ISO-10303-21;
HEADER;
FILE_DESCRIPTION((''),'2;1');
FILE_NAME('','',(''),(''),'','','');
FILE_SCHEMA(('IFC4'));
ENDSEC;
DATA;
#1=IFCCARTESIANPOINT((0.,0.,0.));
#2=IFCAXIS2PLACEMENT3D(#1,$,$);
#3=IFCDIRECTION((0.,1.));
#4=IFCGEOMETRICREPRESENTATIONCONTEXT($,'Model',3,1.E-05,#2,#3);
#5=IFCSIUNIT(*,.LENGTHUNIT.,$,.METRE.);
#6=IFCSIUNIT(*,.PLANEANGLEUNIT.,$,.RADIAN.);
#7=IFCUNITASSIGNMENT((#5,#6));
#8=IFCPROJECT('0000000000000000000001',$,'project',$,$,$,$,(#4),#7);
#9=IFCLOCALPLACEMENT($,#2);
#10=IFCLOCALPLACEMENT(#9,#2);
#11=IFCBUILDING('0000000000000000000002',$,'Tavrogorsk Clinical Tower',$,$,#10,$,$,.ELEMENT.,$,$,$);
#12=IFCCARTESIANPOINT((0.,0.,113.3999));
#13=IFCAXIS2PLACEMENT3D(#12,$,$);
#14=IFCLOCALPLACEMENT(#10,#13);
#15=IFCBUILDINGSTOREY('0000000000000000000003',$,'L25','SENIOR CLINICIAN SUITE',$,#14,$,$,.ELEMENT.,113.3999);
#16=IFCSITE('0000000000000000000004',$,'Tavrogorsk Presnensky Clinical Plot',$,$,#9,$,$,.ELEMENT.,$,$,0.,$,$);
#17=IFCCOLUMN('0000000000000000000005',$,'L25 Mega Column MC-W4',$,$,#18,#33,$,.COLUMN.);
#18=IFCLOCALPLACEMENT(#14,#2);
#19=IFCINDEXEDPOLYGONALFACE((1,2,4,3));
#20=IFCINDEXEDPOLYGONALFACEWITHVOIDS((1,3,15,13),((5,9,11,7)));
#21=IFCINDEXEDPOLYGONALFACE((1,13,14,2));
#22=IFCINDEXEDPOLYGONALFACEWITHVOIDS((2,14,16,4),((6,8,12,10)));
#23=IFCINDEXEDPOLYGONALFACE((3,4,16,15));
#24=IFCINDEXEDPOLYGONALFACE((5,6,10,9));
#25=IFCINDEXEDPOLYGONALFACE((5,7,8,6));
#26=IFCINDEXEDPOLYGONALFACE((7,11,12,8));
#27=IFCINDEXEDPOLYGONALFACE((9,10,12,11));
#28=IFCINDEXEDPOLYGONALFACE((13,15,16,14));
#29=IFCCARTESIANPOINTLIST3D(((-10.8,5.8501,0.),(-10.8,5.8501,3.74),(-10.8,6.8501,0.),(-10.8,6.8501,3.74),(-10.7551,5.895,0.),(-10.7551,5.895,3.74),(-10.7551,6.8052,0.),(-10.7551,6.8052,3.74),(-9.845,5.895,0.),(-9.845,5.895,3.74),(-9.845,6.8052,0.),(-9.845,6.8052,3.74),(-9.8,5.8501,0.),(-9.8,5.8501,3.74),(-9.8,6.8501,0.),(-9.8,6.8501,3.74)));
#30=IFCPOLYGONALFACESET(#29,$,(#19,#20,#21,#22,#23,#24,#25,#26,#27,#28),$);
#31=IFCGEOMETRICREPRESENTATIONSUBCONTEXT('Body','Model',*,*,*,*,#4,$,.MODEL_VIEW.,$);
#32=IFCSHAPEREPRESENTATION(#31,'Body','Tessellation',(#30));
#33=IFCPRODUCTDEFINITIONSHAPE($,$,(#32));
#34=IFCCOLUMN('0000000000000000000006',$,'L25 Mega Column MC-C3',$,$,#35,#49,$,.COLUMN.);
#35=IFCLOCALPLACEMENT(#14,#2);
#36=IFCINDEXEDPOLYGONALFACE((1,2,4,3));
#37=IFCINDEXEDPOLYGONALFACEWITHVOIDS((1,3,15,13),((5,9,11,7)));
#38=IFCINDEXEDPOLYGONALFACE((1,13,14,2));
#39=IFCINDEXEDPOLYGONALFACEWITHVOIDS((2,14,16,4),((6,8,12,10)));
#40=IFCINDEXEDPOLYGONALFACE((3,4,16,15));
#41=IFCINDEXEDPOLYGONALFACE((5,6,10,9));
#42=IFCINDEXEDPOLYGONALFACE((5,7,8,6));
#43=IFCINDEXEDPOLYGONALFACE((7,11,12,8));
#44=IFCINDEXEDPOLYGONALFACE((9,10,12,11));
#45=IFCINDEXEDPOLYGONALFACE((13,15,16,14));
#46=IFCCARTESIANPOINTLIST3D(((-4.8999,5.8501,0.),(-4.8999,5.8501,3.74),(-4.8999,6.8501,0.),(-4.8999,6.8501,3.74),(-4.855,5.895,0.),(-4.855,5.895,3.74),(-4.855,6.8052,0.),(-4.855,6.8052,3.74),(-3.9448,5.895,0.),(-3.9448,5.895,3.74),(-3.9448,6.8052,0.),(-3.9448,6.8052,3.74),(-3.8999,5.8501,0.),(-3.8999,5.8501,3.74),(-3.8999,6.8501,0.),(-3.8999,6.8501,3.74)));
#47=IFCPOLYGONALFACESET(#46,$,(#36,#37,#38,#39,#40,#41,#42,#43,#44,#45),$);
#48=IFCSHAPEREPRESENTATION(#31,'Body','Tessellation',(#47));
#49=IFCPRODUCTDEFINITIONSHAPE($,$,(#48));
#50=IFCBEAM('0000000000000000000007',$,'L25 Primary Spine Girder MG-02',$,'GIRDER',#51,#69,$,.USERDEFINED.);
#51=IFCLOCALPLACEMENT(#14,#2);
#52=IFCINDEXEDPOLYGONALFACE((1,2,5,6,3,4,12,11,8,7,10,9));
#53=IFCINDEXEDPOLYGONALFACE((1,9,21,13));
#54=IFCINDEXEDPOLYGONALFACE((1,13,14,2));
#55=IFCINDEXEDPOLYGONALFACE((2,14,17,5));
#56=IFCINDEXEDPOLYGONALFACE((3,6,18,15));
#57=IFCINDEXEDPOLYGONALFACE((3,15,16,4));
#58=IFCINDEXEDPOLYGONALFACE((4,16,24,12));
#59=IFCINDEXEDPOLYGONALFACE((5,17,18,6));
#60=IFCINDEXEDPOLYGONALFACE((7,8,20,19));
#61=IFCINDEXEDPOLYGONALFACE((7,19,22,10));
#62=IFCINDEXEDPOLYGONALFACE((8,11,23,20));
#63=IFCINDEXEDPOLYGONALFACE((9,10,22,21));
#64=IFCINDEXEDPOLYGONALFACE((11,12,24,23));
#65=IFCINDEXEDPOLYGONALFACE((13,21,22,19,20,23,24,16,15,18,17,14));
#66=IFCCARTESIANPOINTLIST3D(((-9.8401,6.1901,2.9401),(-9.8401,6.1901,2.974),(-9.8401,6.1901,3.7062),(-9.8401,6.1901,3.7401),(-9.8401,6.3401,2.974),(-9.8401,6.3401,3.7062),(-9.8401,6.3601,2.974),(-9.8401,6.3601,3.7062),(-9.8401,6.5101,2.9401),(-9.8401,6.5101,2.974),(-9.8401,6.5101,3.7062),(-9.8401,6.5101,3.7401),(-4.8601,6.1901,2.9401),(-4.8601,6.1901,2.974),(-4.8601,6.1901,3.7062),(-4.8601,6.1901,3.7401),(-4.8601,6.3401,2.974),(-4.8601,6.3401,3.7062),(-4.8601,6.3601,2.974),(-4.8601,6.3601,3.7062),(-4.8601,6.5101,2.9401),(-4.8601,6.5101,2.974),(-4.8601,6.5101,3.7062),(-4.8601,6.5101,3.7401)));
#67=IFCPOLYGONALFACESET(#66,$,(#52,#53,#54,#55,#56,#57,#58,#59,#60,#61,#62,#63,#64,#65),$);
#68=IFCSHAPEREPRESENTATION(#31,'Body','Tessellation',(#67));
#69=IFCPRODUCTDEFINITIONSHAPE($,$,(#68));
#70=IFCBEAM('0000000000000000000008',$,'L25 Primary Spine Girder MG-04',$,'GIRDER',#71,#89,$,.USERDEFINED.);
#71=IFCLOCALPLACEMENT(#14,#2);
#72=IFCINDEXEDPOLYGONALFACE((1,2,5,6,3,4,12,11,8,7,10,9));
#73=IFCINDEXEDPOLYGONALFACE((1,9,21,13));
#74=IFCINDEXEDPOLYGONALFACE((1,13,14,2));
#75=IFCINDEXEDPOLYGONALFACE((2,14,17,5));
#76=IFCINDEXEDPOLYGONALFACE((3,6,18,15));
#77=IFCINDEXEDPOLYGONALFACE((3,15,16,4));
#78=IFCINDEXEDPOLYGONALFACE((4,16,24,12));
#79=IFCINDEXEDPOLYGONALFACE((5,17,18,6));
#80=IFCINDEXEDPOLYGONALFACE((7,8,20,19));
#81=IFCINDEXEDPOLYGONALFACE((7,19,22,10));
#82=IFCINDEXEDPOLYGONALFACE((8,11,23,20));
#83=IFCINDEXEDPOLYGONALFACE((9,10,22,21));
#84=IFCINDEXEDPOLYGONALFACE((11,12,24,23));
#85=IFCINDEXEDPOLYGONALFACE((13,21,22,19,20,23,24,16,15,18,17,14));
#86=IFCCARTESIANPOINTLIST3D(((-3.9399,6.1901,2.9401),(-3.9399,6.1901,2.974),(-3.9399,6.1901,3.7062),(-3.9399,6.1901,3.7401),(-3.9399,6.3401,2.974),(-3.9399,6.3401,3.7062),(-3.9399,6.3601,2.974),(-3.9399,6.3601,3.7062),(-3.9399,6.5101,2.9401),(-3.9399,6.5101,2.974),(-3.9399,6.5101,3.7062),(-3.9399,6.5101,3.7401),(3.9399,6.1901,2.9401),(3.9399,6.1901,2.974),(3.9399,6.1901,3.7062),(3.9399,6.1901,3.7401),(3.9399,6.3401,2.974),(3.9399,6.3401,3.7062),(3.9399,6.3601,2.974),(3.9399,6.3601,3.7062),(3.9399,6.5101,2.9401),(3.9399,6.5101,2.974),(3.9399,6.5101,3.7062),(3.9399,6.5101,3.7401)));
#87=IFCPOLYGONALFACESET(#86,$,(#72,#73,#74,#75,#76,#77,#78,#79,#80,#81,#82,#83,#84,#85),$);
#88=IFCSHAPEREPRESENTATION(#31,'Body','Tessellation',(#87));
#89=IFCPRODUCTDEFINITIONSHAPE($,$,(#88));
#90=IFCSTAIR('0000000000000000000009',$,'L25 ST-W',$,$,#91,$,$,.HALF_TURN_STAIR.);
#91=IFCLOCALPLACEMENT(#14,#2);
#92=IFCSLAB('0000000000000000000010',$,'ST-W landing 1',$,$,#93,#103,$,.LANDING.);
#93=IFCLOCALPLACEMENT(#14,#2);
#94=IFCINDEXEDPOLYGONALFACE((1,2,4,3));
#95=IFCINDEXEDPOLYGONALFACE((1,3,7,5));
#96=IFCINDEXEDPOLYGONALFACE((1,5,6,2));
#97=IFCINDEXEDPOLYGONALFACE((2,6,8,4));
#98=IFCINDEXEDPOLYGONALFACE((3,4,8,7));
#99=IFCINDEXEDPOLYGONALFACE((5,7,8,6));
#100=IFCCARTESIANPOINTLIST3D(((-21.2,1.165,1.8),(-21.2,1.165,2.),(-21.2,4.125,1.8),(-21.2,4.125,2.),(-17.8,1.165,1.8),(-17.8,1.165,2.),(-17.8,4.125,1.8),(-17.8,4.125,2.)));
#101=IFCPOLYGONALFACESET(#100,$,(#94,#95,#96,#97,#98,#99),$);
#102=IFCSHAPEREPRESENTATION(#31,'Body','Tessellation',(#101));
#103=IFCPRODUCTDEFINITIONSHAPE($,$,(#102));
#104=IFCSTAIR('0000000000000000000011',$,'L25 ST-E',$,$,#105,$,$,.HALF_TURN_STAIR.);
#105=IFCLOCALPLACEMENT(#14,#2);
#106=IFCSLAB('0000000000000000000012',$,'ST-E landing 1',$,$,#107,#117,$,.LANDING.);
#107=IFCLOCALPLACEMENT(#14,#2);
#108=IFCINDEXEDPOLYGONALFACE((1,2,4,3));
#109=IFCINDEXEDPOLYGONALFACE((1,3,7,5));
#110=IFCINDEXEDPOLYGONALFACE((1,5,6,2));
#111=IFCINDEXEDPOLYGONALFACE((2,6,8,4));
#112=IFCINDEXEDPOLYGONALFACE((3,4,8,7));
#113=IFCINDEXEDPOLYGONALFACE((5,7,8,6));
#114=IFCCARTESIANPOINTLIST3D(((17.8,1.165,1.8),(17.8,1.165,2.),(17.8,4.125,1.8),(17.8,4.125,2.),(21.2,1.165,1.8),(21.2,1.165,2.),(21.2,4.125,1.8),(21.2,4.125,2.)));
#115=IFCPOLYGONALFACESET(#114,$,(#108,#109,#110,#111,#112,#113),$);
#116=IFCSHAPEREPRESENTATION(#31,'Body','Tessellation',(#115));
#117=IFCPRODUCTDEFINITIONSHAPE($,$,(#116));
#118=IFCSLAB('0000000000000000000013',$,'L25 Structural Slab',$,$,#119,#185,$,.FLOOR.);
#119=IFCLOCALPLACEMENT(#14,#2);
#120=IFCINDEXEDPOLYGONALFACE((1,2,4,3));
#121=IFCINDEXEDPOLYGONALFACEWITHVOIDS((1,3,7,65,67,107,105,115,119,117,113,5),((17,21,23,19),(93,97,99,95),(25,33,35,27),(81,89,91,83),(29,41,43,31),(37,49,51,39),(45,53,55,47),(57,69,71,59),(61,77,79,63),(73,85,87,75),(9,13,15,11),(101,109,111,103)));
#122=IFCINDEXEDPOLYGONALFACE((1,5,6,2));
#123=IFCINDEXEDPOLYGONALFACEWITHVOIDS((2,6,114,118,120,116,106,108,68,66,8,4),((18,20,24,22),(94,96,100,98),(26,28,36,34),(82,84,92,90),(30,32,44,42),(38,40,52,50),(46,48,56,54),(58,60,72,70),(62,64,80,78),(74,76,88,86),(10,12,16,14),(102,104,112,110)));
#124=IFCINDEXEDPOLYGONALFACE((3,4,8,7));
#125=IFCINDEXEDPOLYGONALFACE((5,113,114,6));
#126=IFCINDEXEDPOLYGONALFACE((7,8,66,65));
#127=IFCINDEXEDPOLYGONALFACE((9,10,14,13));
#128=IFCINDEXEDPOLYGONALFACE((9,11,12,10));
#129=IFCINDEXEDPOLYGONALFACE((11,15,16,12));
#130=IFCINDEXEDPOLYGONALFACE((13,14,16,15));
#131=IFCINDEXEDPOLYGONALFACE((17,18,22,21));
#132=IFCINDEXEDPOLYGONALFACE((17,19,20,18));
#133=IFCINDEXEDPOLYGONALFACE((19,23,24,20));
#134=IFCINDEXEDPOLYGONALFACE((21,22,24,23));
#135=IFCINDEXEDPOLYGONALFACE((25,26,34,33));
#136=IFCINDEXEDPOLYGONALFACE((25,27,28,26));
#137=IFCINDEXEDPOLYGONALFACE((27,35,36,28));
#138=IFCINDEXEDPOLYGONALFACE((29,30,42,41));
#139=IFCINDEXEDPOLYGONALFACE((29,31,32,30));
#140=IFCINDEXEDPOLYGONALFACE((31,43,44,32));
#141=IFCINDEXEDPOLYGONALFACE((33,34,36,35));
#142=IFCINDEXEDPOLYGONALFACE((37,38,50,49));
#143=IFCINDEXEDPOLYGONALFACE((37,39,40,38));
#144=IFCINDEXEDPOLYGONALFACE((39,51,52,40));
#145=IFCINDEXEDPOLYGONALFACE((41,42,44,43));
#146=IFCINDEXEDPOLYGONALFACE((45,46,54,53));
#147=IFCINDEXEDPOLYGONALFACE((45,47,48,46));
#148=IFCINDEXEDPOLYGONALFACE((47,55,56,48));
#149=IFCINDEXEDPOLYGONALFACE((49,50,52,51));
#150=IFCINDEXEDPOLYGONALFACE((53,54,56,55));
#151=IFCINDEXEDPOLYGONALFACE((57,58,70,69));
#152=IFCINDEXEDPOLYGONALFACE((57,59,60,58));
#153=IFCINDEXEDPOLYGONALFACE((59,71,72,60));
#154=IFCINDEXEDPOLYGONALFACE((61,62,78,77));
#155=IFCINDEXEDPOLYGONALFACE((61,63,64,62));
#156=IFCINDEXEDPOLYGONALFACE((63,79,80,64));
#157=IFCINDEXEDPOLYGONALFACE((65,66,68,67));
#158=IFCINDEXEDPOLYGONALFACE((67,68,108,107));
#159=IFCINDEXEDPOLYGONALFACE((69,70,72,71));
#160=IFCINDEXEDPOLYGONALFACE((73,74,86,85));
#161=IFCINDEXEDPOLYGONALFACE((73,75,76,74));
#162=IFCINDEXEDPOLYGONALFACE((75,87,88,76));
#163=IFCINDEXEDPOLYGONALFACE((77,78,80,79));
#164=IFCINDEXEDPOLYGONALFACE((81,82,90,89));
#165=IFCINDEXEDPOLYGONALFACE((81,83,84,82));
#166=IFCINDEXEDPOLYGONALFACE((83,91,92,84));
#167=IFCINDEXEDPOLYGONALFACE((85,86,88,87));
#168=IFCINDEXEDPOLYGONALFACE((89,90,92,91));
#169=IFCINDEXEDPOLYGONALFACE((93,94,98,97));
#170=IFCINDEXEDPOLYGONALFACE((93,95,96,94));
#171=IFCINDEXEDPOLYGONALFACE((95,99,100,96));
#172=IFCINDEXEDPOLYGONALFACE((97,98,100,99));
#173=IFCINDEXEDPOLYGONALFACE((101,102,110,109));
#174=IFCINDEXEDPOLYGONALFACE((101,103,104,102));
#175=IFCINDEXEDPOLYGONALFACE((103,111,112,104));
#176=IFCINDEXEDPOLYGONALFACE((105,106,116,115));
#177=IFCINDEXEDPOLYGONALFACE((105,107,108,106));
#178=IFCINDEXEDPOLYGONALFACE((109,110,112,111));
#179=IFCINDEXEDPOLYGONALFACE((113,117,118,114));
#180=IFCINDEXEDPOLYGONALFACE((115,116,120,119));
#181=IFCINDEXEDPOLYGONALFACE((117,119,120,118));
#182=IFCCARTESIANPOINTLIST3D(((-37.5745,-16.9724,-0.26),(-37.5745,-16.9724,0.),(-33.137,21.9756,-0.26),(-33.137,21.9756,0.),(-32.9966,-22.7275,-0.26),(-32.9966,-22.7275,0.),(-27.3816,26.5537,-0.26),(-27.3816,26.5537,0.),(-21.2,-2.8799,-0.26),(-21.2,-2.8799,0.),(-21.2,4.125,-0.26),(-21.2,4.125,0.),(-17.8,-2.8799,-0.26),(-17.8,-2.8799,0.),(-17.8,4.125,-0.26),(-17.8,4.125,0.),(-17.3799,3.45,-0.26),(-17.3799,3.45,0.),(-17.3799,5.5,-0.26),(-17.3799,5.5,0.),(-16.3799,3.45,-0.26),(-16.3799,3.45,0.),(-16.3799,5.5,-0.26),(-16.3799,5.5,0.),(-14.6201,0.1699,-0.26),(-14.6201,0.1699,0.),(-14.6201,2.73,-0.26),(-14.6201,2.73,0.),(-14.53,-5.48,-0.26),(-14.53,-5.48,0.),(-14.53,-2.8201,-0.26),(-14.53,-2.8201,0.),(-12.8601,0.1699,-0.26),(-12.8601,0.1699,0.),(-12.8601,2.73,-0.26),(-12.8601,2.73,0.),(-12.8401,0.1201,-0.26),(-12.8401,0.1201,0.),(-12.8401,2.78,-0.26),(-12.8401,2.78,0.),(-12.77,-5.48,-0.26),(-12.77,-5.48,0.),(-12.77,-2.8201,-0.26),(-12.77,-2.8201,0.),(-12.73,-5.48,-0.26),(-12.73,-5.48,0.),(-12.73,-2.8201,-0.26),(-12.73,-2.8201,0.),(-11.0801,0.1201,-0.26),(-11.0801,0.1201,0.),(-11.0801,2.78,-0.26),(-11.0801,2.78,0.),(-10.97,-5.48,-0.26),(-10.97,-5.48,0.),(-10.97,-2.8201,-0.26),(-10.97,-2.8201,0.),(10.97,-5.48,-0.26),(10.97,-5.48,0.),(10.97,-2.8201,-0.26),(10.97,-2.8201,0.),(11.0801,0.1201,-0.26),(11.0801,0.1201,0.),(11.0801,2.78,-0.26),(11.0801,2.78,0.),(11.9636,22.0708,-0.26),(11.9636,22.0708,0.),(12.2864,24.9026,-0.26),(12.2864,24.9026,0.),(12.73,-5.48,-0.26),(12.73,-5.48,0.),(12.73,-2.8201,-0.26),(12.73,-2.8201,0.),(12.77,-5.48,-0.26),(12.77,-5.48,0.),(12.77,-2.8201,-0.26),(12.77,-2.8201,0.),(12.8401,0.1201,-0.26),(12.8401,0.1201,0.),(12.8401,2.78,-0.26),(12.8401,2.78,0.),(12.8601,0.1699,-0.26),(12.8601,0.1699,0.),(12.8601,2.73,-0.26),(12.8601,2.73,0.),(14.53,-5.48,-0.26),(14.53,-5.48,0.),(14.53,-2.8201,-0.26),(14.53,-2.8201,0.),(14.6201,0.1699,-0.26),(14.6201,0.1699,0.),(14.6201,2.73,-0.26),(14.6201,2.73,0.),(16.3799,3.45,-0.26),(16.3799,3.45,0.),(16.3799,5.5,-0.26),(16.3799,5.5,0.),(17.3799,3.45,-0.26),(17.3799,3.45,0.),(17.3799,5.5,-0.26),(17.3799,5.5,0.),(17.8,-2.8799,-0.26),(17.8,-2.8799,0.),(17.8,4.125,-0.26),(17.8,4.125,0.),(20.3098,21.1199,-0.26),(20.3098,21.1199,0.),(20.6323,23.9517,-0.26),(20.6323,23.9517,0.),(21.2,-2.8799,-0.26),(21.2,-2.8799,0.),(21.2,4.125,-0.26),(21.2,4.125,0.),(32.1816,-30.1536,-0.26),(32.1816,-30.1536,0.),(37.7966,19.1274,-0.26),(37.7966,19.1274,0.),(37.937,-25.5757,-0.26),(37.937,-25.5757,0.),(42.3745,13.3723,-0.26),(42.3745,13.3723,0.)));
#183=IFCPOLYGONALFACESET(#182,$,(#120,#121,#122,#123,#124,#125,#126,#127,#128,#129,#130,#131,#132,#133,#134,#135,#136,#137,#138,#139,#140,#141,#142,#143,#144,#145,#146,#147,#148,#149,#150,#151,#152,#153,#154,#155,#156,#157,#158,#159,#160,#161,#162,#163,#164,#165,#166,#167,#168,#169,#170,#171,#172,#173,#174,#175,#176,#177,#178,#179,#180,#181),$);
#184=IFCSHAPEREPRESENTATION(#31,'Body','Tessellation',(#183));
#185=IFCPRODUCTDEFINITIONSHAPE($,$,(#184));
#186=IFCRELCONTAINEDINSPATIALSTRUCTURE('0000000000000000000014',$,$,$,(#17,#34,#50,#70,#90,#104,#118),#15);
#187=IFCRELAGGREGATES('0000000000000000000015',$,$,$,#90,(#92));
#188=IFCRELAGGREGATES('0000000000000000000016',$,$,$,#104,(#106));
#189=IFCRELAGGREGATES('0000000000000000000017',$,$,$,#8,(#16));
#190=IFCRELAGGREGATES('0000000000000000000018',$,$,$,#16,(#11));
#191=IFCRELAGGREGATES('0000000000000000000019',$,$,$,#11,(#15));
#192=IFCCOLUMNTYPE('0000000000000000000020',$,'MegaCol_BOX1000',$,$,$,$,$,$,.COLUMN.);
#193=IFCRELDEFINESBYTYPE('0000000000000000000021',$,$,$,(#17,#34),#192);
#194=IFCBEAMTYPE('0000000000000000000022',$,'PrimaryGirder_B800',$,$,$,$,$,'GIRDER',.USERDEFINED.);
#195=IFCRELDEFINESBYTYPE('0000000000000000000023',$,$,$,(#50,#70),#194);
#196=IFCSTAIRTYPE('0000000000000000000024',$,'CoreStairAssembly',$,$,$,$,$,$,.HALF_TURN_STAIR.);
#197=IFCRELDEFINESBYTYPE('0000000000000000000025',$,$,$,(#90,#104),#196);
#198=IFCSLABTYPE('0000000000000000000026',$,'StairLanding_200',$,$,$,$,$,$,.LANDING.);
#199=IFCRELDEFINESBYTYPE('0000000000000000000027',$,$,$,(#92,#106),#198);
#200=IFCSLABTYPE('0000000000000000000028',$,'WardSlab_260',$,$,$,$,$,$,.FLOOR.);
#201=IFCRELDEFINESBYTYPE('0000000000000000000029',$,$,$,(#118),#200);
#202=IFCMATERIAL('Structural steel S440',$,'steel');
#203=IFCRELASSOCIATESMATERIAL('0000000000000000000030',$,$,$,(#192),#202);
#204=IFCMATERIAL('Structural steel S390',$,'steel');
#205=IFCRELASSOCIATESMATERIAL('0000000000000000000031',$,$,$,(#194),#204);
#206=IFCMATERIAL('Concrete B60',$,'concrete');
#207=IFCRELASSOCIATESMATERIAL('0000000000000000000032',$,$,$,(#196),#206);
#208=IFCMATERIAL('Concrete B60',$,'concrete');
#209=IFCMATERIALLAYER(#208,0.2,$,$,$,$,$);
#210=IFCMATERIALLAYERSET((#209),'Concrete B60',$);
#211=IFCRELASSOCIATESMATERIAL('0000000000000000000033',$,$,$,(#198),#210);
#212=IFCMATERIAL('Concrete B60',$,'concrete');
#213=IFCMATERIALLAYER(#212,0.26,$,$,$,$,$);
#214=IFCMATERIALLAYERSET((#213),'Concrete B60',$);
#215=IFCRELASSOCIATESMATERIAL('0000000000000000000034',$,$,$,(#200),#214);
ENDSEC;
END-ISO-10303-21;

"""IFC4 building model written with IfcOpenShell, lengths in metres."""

from ifc_helpers import new_model, si_unit, direction, frame, origin, origin_2d, place, context, subcontext, project, spatial, polyline, hollow_rectangle, i_section, outline, extrude, material, layer, layer_set, material_profile, profile_set, type_object, element, aggregate, save


model = new_model("IFC4")

# Units and contexts
model_context = context("Model", 3, precision=1e-05, world=origin(), true_north=direction((0.0, 1.0)))
body_context = subcontext(model_context, "Body", "Model", "MODEL_VIEW")
ifc_project = project(units=[si_unit("LENGTHUNIT", "METRE"), si_unit("PLANEANGLEUNIT", "RADIAN")], contexts=[model_context])

# Site, building, storey
site_placement = place(None, origin())
site = spatial("IfcSite", under=ifc_project, at=site_placement, Name="Tavrogorsk Presnensky Clinical Plot", CompositionType="ELEMENT", RefElevation=0.0)
building_placement = place(site_placement, origin())
building = spatial("IfcBuilding", under=site, at=building_placement, Name="Tavrogorsk Clinical Tower", CompositionType="ELEMENT")
storey_placement = place(building_placement, frame((0.0, 0.0, 113.3999)))
storey = spatial("IfcBuildingStorey", under=building, at=storey_placement, Name="L25", Description="SENIOR CLINICIAN SUITE", CompositionType="ELEMENT", Elevation=113.3999)

# Columns
ifc_material_1 = material(Name="Structural steel S440", Category="steel")
ifc_material_profile_1 = material_profile(ifc_material_1, hollow_rectangle(XDim=1.0, YDim=1.0, WallThickness=0.0449, at=origin_2d()), Name="BOX-1000x1000x45")
ifc_profile_set_1 = profile_set([ifc_material_profile_1], Name="Structural steel S440")
column_type = type_object("IfcColumnType", Name="MegaCol_BOX1000", PredefinedType="COLUMN", material=ifc_profile_set_1)
for number, where, z_axis, x_axis, name in (
    (1, (-10.3, 6.3501, 0.0), (0.0, 0.0, 1.0), (1.0, 0.0, 0.0), "L25 Mega Column MC-W4"),
    (2, (-4.3999, 6.3501, 0.0), (0.0, 0.0, 1.0), (1.0, 0.0, 0.0), "L25 Mega Column MC-C3"),
):
    element("IfcColumn", number, at=place(storey_placement, frame(where, z_axis=z_axis, x_axis=x_axis)), inside=storey, type_object=column_type, Name=name, PredefinedType="COLUMN", context=body_context, shape_type="SweptSolid", body=[
        extrude(hollow_rectangle(XDim=1.0, YDim=1.0, WallThickness=0.0449, at=origin_2d()), origin(), (0.0, 0.0, 1.0), 3.74),
    ])

# Beams
ifc_material_2 = material(Name="Structural steel S390", Category="steel")
ifc_material_profile_2 = material_profile(ifc_material_2, i_section(OverallWidth=0.3201, OverallDepth=0.8, WebThickness=0.02, FlangeThickness=0.0339, at=origin_2d()), Name="B-800x320x20x34")
ifc_profile_set_2 = profile_set([ifc_material_profile_2], Name="Structural steel S390")
beam_type = type_object("IfcBeamType", Name="PrimaryGirder_B800", ElementType="GIRDER", PredefinedType="USERDEFINED", material=ifc_profile_set_2)
beam_1_placement = place(storey_placement, frame((-9.8401, 6.3501, 3.3401), z_axis=(1.0, 0.0, 0.0), x_axis=(0.0, 1.0, 0.0)))
element("IfcBeam", 3, at=beam_1_placement, inside=storey, type_object=beam_type, Name="L25 Primary Spine Girder MG-02", ObjectType="GIRDER", PredefinedType="USERDEFINED", context=body_context, shape_type="SweptSolid", body=[
    extrude(i_section(OverallWidth=0.3201, OverallDepth=0.8, WebThickness=0.02, FlangeThickness=0.0339, at=origin_2d()), origin(), (0.0, 0.0, 1.0), 4.98),
])
beam_2_placement = place(storey_placement, frame((-3.9399, 6.3501, 3.3401), z_axis=(1.0, 0.0, 0.0), x_axis=(0.0, 1.0, 0.0)))
element("IfcBeam", 4, at=beam_2_placement, inside=storey, type_object=beam_type, Name="L25 Primary Spine Girder MG-04", ObjectType="GIRDER", PredefinedType="USERDEFINED", context=body_context, shape_type="SweptSolid", body=[
    extrude(i_section(OverallWidth=0.3201, OverallDepth=0.8, WebThickness=0.02, FlangeThickness=0.0339, at=origin_2d()), origin(), (0.0, 0.0, 1.0), 7.8799),
])

# Stairs, slabs
ifc_material_3 = material(Name="Concrete B60", Category="concrete")
stair_type = type_object("IfcStairType", Name="CoreStairAssembly", PredefinedType="HALF_TURN_STAIR", material=ifc_material_3)
stair_1_placement = place(storey_placement, origin())
stair_1 = element("IfcStair", 5, at=stair_1_placement, inside=storey, type_object=stair_type, Name="L25 ST-W", PredefinedType="HALF_TURN_STAIR")
ifc_material_4 = material(Name="Concrete B60", Category="concrete")
ifc_layer_1 = layer(ifc_material_4, 0.2)
ifc_layer_set_1 = layer_set([ifc_layer_1], Name="Concrete B60")
slab_type_1 = type_object("IfcSlabType", Name="StairLanding_200", PredefinedType="LANDING", material=ifc_layer_set_1)
slab_1_placement = place(storey_placement, frame((0.0, 0.0, 1.8)))
slab_1 = element("IfcSlab", 6, at=slab_1_placement, type_object=slab_type_1, Name="ST-W landing 1", PredefinedType="LANDING", context=body_context, shape_type="SweptSolid", body=[
    extrude(outline(polyline([(-17.8, 1.165), (-17.8, 4.125), (-21.2, 4.125), (-21.2, 1.165), (-17.8, 1.165)])), origin(), (0.0, 0.0, 1.0), 0.2),
])
aggregate(stair_1, [slab_1])
stair_2_placement = place(storey_placement, origin())
stair_2 = element("IfcStair", 7, at=stair_2_placement, inside=storey, type_object=stair_type, Name="L25 ST-E", PredefinedType="HALF_TURN_STAIR")
slab_2_placement = place(storey_placement, frame((0.0, 0.0, 1.8)))
slab_2 = element("IfcSlab", 8, at=slab_2_placement, type_object=slab_type_1, Name="ST-E landing 1", PredefinedType="LANDING", context=body_context, shape_type="SweptSolid", body=[
    extrude(outline(polyline([(21.2, 1.165), (21.2, 4.125), (17.8, 4.125), (17.8, 1.165), (21.2, 1.165)])), origin(), (0.0, 0.0, 1.0), 0.2),
])
aggregate(stair_2, [slab_2])

# Slab
ifc_material_5 = material(Name="Concrete B60", Category="concrete")
ifc_layer_2 = layer(ifc_material_5, 0.26)
ifc_layer_set_2 = layer_set([ifc_layer_2], Name="Concrete B60")
slab_type_2 = type_object("IfcSlabType", Name="WardSlab_260", PredefinedType="FLOOR", material=ifc_layer_set_2)
slab_3_placement = place(storey_placement, frame((0.0, 0.0, -0.26)))
element("IfcSlab", 9, at=slab_3_placement, inside=storey, type_object=slab_type_2, Name="L25 Structural Slab", PredefinedType="FLOOR", context=body_context, shape_type="SweptSolid", body=[
    extrude(outline(polyline([(37.7966, 19.1274), (42.3745, 13.3723), (37.937, -25.5757), (32.1816, -30.1536), (-32.9966, -22.7275), (-37.5745, -16.9724), (-33.137, 21.9756), (-27.3816, 26.5537), (11.9636, 22.0708), (12.2864, 24.9026), (20.6323, 23.9517), (20.3098, 21.1199), (37.7966, 19.1274)]), holes=[polyline([(-17.8, -2.8799), (-17.8, 4.125), (-21.2, 4.125), (-21.2, -2.8799), (-17.8, -2.8799)]), polyline([(21.2, -2.8799), (21.2, 4.125), (17.8, 4.125), (17.8, -2.8799), (21.2, -2.8799)]), polyline([(-14.6201, 0.1699), (-12.8601, 0.1699), (-12.8601, 2.73), (-14.6201, 2.73), (-14.6201, 0.1699)]), polyline([(-14.53, -5.48), (-12.77, -5.48), (-12.77, -2.8201), (-14.53, -2.8201), (-14.53, -5.48)]), polyline([(-12.73, -5.48), (-10.97, -5.48), (-10.97, -2.8201), (-12.73, -2.8201), (-12.73, -5.48)]), polyline([(-12.8401, 0.1201), (-11.0801, 0.1201), (-11.0801, 2.78), (-12.8401, 2.78), (-12.8401, 0.1201)]), polyline([(12.8601, 0.1699), (14.6201, 0.1699), (14.6201, 2.73), (12.8601, 2.73), (12.8601, 0.1699)]), polyline([(12.77, -5.48), (14.53, -5.48), (14.53, -2.8201), (12.77, -2.8201), (12.77, -5.48)]), polyline([(10.97, -5.48), (12.73, -5.48), (12.73, -2.8201), (10.97, -2.8201), (10.97, -5.48)]), polyline([(11.0801, 0.1201), (12.8401, 0.1201), (12.8401, 2.78), (11.0801, 2.78), (11.0801, 0.1201)]), polyline([(-17.3799, 3.45), (-16.3799, 3.45), (-16.3799, 5.5), (-17.3799, 5.5), (-17.3799, 3.45)]), polyline([(16.3799, 3.45), (17.3799, 3.45), (17.3799, 5.5), (16.3799, 5.5), (16.3799, 3.45)])]), origin(), (0.0, 0.0, 1.0), 0.26),
])

save(model, "model.ifc")
